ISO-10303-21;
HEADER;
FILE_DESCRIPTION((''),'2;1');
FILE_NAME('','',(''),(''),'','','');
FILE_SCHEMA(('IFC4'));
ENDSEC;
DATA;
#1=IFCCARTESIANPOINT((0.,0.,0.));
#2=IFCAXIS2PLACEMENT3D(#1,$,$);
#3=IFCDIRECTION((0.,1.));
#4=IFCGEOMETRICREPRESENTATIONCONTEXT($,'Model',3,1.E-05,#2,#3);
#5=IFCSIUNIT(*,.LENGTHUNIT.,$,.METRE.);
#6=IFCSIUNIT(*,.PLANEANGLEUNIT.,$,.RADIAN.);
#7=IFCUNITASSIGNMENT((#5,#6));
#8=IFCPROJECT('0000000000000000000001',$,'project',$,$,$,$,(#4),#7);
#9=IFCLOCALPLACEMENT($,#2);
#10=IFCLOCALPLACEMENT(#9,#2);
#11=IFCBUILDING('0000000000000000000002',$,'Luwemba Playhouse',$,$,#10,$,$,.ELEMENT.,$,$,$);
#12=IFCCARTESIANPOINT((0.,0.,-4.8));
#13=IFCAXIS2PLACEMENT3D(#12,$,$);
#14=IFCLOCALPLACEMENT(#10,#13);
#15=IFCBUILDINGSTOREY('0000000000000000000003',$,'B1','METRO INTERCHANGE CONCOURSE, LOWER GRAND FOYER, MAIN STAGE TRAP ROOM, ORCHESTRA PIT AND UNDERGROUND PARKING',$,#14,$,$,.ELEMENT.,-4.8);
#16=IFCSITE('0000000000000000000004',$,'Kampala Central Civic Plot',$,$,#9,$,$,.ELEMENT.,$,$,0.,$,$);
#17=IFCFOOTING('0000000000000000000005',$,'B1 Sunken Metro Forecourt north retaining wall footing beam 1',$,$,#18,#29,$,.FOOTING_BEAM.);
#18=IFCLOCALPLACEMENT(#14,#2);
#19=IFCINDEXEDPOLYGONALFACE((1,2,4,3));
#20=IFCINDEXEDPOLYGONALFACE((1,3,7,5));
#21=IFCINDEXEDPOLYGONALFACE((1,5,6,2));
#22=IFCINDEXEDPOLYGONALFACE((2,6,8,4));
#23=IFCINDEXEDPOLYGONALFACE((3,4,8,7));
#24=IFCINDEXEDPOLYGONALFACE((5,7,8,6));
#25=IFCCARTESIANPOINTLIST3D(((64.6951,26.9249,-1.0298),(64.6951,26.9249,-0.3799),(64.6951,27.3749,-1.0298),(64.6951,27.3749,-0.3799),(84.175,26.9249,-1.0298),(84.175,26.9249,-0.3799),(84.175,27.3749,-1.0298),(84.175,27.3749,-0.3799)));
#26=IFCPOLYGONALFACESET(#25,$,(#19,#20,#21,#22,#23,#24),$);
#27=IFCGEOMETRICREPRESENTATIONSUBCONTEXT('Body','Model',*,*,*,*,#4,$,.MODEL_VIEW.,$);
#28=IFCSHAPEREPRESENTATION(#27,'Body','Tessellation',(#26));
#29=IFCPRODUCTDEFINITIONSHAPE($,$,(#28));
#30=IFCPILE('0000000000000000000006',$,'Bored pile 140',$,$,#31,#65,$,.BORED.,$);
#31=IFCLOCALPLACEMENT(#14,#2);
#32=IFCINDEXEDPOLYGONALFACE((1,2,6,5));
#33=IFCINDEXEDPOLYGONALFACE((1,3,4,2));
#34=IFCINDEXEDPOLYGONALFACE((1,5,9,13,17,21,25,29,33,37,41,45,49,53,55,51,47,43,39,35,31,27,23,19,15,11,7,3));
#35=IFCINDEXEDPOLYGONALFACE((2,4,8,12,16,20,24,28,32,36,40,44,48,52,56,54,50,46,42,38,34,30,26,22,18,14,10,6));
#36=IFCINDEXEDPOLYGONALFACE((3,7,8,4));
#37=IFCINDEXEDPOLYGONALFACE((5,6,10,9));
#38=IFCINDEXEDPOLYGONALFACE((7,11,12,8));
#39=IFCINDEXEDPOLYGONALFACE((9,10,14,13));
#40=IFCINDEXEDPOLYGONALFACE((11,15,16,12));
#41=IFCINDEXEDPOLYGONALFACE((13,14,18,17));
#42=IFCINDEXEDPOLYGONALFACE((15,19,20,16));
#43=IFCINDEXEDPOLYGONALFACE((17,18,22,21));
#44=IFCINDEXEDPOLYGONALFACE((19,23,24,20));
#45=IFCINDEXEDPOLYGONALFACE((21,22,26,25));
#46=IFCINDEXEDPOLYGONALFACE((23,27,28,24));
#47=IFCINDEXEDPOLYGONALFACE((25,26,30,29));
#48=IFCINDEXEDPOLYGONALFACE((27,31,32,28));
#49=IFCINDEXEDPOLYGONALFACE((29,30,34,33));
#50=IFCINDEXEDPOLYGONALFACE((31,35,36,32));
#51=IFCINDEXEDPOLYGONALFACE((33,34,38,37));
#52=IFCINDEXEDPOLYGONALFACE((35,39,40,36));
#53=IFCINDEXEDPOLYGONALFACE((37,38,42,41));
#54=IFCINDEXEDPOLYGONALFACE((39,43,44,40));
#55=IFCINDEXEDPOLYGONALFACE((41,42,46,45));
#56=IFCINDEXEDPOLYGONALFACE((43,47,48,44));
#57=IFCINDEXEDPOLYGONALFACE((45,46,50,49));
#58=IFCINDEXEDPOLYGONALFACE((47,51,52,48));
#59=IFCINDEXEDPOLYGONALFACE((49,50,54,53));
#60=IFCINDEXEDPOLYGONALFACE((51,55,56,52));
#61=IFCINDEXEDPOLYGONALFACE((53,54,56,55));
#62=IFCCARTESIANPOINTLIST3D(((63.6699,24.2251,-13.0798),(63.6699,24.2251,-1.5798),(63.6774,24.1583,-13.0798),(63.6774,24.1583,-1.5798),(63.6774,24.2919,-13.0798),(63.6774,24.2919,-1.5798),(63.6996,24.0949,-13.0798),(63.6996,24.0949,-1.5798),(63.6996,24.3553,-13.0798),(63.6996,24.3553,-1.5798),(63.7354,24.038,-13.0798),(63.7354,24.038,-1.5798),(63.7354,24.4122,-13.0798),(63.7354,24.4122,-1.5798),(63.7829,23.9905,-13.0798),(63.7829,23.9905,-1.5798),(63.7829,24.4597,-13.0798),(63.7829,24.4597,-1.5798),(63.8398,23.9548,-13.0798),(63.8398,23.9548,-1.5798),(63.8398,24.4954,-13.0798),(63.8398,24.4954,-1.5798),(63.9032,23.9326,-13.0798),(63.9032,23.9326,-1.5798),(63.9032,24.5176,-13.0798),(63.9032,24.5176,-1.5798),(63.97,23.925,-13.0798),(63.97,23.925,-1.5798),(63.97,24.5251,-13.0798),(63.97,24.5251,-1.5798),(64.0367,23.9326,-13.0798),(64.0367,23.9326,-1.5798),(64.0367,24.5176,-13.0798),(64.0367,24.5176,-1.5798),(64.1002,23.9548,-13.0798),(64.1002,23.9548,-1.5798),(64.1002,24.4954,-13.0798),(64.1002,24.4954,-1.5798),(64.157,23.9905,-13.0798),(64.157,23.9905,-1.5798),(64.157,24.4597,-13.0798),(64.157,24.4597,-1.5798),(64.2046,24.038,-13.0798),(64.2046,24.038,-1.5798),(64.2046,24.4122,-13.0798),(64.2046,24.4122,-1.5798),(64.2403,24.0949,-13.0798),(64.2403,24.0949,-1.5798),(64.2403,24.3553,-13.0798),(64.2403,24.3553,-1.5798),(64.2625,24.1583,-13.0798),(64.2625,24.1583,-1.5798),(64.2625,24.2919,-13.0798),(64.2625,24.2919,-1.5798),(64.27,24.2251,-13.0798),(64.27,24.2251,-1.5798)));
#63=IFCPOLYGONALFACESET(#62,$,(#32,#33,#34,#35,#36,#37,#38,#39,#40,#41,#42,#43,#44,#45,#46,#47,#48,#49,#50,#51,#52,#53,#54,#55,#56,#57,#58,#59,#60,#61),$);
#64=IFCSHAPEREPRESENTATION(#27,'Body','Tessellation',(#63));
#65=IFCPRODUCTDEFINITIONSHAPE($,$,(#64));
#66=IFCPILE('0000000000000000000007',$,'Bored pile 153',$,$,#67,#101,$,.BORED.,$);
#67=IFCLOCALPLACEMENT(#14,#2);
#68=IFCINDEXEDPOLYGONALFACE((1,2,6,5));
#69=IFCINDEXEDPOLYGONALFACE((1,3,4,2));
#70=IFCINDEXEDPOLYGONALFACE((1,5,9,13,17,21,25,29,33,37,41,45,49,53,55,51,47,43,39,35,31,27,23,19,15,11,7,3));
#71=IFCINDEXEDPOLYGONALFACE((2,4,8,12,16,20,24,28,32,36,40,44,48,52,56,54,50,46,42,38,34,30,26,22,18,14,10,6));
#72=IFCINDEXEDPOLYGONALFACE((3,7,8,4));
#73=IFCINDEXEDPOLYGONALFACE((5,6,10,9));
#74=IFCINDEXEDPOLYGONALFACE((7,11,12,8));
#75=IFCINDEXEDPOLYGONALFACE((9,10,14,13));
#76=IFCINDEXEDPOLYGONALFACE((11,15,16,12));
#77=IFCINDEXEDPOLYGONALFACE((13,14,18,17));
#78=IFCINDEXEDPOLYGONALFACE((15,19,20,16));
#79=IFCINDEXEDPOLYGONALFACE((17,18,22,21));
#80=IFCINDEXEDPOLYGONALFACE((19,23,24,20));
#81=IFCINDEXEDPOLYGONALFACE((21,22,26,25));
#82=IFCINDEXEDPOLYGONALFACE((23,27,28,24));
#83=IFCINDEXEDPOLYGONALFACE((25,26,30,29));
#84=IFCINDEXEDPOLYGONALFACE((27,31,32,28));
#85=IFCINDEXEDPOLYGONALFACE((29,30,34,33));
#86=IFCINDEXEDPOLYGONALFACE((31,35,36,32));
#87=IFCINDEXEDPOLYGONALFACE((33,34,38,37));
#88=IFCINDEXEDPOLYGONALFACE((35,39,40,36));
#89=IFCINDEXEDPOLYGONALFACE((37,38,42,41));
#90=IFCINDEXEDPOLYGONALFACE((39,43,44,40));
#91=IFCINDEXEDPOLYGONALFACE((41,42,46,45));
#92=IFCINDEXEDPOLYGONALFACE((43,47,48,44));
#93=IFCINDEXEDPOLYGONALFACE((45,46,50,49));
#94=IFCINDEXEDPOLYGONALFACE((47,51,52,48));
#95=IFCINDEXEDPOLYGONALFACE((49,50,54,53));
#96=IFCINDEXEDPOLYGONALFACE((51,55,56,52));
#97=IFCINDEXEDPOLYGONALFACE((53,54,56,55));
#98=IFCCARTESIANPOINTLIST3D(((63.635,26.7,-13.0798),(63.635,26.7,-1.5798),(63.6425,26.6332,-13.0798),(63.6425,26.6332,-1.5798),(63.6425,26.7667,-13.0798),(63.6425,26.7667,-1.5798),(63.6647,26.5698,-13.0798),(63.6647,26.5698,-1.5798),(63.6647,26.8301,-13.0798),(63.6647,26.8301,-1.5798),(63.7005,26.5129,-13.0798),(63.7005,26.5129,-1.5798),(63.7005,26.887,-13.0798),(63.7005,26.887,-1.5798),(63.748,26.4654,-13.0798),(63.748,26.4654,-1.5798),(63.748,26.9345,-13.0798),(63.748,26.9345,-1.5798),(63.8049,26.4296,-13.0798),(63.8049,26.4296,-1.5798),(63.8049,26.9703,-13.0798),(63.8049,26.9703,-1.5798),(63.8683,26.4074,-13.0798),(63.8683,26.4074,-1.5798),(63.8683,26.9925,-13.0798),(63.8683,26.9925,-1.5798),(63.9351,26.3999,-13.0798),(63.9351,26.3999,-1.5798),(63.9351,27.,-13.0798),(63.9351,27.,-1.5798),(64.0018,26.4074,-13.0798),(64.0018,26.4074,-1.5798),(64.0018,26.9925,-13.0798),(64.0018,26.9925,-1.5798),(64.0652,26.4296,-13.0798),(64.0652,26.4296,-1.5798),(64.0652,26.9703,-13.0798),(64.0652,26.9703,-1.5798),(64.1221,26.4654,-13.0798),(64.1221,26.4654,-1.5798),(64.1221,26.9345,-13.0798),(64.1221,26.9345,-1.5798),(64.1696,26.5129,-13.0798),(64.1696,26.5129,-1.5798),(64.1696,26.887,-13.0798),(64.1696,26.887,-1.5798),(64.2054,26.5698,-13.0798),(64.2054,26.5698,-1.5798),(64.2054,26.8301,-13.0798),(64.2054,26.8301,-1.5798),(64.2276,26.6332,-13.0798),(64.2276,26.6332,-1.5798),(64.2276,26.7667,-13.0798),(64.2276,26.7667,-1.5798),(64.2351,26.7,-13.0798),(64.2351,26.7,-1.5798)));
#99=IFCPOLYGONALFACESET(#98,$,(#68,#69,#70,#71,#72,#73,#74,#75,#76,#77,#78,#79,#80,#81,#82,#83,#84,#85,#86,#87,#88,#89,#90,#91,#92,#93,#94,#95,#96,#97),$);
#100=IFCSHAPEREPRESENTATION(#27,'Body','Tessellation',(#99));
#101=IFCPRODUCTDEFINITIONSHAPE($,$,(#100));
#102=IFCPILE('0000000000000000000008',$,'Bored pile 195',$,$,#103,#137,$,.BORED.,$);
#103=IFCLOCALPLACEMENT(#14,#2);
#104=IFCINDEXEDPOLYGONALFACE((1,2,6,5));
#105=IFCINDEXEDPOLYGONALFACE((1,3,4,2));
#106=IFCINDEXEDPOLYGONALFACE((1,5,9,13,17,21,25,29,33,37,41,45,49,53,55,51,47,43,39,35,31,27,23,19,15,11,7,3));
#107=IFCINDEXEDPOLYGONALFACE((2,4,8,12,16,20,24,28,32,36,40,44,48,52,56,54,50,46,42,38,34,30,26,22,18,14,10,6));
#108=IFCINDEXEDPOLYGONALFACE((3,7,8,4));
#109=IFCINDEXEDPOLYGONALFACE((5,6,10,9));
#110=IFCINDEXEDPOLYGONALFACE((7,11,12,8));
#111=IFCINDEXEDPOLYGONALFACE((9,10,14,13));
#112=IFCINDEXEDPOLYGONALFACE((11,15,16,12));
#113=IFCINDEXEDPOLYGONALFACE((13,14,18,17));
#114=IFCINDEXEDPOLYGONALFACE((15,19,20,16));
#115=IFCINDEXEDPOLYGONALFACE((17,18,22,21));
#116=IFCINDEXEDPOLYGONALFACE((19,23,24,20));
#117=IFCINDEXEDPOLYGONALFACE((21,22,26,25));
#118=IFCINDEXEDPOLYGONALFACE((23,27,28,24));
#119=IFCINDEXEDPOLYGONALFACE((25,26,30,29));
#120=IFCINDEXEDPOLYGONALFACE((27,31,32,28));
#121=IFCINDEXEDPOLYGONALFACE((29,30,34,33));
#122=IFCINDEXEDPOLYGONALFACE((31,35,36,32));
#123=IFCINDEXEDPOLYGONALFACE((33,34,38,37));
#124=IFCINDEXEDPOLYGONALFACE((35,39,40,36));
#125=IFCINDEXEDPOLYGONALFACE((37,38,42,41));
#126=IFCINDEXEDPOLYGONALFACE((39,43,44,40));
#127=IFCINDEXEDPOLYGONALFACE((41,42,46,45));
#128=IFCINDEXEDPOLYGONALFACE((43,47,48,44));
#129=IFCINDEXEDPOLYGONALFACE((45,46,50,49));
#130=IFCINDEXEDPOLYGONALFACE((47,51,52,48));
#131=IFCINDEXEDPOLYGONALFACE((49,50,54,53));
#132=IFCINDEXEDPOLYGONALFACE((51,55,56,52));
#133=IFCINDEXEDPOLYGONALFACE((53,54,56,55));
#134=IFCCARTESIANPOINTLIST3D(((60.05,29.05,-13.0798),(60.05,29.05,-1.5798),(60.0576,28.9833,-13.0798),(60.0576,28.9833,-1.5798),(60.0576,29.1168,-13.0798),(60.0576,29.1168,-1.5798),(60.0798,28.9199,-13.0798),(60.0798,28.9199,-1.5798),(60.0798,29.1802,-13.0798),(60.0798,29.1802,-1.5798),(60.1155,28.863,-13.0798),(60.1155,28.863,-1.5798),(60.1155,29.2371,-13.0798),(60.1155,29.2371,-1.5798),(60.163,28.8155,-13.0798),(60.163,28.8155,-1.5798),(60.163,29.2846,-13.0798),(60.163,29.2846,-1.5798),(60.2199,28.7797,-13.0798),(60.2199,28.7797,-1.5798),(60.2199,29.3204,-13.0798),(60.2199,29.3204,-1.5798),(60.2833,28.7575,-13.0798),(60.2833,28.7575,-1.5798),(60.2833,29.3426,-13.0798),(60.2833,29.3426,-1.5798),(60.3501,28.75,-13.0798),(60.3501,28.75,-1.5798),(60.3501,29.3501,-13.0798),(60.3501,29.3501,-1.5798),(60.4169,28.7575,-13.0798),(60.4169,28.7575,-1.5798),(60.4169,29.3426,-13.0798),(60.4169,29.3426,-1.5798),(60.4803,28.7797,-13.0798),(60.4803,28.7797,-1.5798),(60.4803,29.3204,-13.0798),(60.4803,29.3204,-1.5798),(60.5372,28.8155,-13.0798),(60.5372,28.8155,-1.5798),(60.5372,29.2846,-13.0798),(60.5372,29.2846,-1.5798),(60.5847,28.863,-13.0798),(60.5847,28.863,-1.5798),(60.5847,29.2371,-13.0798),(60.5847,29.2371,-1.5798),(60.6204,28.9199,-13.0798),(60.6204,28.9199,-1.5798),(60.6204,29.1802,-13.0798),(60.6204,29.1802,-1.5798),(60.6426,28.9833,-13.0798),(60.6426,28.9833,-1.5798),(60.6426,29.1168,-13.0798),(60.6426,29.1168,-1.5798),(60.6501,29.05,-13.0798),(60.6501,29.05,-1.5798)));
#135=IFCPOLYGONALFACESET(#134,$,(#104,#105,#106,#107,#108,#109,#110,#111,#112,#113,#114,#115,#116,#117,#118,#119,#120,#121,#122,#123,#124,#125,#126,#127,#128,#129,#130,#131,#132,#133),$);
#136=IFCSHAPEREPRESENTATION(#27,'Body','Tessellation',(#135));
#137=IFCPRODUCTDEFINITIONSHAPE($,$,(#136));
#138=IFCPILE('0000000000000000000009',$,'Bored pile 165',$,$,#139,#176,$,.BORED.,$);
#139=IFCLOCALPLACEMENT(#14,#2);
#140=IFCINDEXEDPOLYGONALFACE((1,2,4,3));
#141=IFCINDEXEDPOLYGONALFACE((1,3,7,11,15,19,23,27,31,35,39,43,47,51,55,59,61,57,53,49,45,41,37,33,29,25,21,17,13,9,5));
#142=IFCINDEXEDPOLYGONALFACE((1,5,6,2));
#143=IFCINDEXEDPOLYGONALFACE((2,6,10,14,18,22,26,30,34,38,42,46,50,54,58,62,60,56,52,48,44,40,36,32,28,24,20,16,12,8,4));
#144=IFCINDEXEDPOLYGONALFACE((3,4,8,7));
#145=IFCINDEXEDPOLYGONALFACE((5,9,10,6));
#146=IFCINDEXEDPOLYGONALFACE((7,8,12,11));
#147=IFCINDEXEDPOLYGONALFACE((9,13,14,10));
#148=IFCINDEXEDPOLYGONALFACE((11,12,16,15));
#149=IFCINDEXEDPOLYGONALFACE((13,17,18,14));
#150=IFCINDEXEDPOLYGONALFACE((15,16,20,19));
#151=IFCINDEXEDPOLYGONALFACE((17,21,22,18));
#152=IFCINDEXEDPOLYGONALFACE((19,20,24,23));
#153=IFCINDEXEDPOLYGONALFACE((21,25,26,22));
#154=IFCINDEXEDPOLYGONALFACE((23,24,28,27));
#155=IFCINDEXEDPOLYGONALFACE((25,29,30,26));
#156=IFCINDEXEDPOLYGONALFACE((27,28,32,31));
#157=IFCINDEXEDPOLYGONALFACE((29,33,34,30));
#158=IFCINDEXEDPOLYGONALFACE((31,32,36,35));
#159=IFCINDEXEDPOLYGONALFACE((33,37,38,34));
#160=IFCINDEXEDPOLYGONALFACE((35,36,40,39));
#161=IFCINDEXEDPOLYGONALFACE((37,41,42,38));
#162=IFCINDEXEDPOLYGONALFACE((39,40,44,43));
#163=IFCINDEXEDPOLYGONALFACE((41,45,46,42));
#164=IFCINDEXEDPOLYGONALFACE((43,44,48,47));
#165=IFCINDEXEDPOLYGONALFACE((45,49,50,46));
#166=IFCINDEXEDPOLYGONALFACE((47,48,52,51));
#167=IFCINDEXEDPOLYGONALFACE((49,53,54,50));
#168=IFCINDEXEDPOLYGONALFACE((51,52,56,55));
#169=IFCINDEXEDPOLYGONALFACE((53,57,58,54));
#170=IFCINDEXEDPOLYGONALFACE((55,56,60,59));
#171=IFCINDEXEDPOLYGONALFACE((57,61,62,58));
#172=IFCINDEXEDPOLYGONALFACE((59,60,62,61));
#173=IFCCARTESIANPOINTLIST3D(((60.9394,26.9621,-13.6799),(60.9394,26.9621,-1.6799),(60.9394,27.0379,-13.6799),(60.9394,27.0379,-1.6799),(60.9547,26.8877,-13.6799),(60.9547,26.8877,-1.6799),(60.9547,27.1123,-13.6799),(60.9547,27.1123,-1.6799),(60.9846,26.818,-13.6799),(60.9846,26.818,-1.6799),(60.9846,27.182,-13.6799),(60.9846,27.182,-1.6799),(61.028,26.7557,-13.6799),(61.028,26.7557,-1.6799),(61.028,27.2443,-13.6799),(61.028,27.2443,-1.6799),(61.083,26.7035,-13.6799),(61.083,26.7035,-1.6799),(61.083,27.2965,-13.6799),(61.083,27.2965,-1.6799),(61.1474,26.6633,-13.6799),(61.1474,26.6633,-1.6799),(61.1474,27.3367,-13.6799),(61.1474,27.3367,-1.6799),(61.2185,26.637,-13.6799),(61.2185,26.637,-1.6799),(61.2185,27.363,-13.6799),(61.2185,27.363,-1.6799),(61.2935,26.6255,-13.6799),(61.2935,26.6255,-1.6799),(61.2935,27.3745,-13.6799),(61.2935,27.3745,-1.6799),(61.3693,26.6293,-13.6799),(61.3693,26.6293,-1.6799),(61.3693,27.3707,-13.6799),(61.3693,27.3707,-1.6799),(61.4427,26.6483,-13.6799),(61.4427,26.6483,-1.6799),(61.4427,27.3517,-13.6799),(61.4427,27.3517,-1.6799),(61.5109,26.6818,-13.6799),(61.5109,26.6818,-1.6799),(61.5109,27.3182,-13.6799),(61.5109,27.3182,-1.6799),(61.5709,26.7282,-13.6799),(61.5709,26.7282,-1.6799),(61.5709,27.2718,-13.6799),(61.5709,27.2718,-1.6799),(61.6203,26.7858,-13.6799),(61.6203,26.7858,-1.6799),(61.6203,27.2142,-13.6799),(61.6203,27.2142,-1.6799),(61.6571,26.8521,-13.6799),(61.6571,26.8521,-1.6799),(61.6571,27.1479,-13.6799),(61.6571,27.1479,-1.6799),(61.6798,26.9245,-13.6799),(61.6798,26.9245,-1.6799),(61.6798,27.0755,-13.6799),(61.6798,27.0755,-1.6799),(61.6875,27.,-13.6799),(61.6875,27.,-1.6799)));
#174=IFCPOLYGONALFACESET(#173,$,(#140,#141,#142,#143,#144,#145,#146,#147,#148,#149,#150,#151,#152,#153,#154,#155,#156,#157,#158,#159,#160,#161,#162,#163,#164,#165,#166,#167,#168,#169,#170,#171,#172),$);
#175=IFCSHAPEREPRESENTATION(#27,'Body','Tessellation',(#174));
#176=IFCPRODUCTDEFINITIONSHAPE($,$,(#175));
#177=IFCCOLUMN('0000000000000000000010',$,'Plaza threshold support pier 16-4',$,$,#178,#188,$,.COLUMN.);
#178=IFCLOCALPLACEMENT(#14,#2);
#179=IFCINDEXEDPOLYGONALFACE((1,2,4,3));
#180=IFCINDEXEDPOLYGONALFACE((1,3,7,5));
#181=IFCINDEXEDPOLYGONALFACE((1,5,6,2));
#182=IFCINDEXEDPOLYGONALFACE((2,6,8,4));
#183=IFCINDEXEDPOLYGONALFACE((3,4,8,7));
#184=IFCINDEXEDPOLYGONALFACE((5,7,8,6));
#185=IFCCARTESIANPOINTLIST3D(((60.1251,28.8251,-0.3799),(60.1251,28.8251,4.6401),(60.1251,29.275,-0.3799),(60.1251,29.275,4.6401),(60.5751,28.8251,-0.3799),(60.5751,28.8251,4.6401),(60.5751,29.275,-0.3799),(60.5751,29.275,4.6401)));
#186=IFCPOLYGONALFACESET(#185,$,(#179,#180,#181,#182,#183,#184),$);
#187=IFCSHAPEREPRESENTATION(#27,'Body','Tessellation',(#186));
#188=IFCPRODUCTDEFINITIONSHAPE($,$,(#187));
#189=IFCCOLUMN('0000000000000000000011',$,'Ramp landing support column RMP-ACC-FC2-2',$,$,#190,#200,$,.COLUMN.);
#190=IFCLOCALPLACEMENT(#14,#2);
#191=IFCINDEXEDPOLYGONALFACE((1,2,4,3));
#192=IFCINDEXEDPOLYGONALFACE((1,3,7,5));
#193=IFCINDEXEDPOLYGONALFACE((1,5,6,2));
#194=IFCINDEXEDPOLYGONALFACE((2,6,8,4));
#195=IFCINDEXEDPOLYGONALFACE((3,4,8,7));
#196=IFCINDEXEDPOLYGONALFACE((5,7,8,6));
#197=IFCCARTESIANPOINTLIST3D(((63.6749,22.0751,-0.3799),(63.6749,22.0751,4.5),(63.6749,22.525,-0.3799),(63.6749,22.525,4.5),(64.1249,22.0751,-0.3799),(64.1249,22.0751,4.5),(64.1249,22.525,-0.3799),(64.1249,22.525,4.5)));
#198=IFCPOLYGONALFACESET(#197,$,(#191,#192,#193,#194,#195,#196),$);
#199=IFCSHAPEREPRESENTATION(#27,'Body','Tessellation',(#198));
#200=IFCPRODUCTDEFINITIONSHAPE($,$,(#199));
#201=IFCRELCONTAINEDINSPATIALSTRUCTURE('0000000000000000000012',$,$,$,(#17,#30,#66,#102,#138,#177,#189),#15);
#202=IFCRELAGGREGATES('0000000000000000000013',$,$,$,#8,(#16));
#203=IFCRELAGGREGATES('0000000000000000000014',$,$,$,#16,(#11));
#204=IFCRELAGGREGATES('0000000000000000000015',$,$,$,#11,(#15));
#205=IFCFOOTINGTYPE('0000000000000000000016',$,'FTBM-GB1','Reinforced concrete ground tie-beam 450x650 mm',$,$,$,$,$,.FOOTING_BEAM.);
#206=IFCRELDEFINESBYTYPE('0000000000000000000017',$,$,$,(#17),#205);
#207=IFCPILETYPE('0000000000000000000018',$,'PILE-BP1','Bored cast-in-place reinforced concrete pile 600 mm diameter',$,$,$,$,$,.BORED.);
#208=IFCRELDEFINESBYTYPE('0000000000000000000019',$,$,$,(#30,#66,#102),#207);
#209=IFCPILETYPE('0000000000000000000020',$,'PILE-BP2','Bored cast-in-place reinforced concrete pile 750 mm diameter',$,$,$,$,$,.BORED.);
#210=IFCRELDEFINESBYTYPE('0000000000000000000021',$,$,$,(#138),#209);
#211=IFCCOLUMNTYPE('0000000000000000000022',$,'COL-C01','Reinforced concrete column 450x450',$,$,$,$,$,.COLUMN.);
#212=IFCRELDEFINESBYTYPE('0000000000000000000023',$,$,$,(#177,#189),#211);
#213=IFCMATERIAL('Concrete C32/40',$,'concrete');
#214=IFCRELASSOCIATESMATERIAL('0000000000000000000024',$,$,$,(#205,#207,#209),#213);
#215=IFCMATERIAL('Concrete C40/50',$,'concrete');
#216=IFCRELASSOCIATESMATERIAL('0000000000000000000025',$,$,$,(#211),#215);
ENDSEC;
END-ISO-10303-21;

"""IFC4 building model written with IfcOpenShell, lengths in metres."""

from ifc_helpers import new_model, si_unit, direction, frame, origin, origin_2d, place, context, subcontext, project, spatial, rectangle, circle, extrude, material, material_profile, profile_set, type_object, element, save


model = new_model("IFC4")

# Units and contexts
model_context = context("Model", 3, precision=1e-05, world=origin(), true_north=direction((0.0, 1.0)))
body_context = subcontext(model_context, "Body", "Model", "MODEL_VIEW")
ifc_project = project(units=[si_unit("LENGTHUNIT", "METRE"), si_unit("PLANEANGLEUNIT", "RADIAN")], contexts=[model_context])

# Site, building, storey
site_placement = place(None, origin())
site = spatial("IfcSite", under=ifc_project, at=site_placement, Name="Kampala Central Civic Plot", CompositionType="ELEMENT", RefElevation=0.0)
building_placement = place(site_placement, origin())
building = spatial("IfcBuilding", under=site, at=building_placement, Name="Luwemba Playhouse", CompositionType="ELEMENT")
storey_placement = place(building_placement, frame((0.0, 0.0, -4.8)))
storey = spatial("IfcBuildingStorey", under=building, at=storey_placement, Name="B1", Description="METRO INTERCHANGE CONCOURSE, LOWER GRAND FOYER, MAIN STAGE TRAP ROOM, ORCHESTRA PIT AND UNDERGROUND PARKING", CompositionType="ELEMENT", Elevation=-4.8)

# Footing
ifc_material_1 = material(Name="Concrete C32/40", Category="concrete")
ifc_material_profile_1 = material_profile(ifc_material_1, rectangle(XDim=0.45, YDim=0.6499, at=origin_2d()))
ifc_profile_set_1 = profile_set([ifc_material_profile_1], Name="Concrete C32/40")
footing_type = type_object("IfcFootingType", Name="FTBM-GB1", Description="Reinforced concrete ground tie-beam 450x650 mm", PredefinedType="FOOTING_BEAM", material=ifc_profile_set_1)
footing_placement = place(storey_placement, frame((64.6951, 27.1499, -0.7048), z_axis=(1.0, 0.0, 0.0), x_axis=(0.0, 1.0, 0.0)))
element("IfcFooting", 1, at=footing_placement, inside=storey, type_object=footing_type, Name="B1 Sunken Metro Forecourt north retaining wall footing beam 1", PredefinedType="FOOTING_BEAM", context=body_context, shape_type="SweptSolid", body=[
    extrude(rectangle(XDim=0.45, YDim=0.6499, at=origin_2d()), origin(), (0.0, 0.0, 1.0), 19.48),
])

# Piles
ifc_material_profile_2 = material_profile(ifc_material_1, circle(Radius=0.3, at=origin_2d()))
ifc_profile_set_2 = profile_set([ifc_material_profile_2], Name="Concrete C32/40")
pile_type_1 = type_object("IfcPileType", Name="PILE-BP1", Description="Bored cast-in-place reinforced concrete pile 600 mm diameter", PredefinedType="BORED", material=ifc_profile_set_2)
for number, where, z_axis, x_axis, name in (
    (2, (63.97, 24.2251, -1.5798), (0.0, 0.0, -1.0), (1.0, 0.0, 0.0), "Bored pile 140"),
    (3, (63.9351, 26.7, -1.5798), (0.0, 0.0, -1.0), (1.0, 0.0, 0.0), "Bored pile 153"),
    (4, (60.3501, 29.05, -1.5798), (0.0, 0.0, -1.0), (1.0, 0.0, 0.0), "Bored pile 195"),
):
    element("IfcPile", number, at=place(storey_placement, frame(where, z_axis=z_axis, x_axis=x_axis)), inside=storey, type_object=pile_type_1, Name=name, PredefinedType="BORED", context=body_context, shape_type="SweptSolid", body=[
        extrude(circle(Radius=0.3, at=origin_2d()), origin(), (0.0, 0.0, 1.0), 11.5),
    ])
ifc_material_profile_3 = material_profile(ifc_material_1, circle(Radius=0.375, at=origin_2d()))
ifc_profile_set_3 = profile_set([ifc_material_profile_3], Name="Concrete C32/40")
pile_type_2 = type_object("IfcPileType", Name="PILE-BP2", Description="Bored cast-in-place reinforced concrete pile 750 mm diameter", PredefinedType="BORED", material=ifc_profile_set_3)
pile_placement = place(storey_placement, frame((61.3125, 27.0, -1.6799), z_axis=(0.0, 0.0, -1.0), x_axis=(1.0, 0.0, 0.0)))
element("IfcPile", 5, at=pile_placement, inside=storey, type_object=pile_type_2, Name="Bored pile 165", PredefinedType="BORED", context=body_context, shape_type="SweptSolid", body=[
    extrude(circle(Radius=0.375, at=origin_2d()), origin(), (0.0, 0.0, 1.0), 12.0),
])

# Columns
ifc_material_2 = material(Name="Concrete C40/50", Category="concrete")
ifc_material_profile_4 = material_profile(ifc_material_2, rectangle(XDim=0.45, YDim=0.45, at=origin_2d()))
ifc_profile_set_4 = profile_set([ifc_material_profile_4], Name="Concrete C40/50")
column_type = type_object("IfcColumnType", Name="COL-C01", Description="Reinforced concrete column 450x450", PredefinedType="COLUMN", material=ifc_profile_set_4)
column_placement = place(storey_placement, frame((60.3501, 29.05, -0.3799), z_axis=(0.0, 0.0, 1.0), x_axis=(1.0, 0.0, 0.0)))
element("IfcColumn", 6, at=column_placement, inside=storey, type_object=column_type, Name="Plaza threshold support pier 16-4", PredefinedType="COLUMN", context=body_context, shape_type="SweptSolid", body=[
    extrude(rectangle(XDim=0.45, YDim=0.45, at=origin_2d()), origin(), (0.0, 0.0, 1.0), 5.02),
])
for number, where, z_axis, x_axis, name in (
    (7, (63.8999, 22.3, -0.3799), (0.0, 0.0, 1.0), (1.0, 0.0, 0.0), "Ramp landing support column RMP-ACC-FC2-2"),
):
    element("IfcColumn", number, at=place(storey_placement, frame(where, z_axis=z_axis, x_axis=x_axis)), inside=storey, type_object=column_type, Name=name, PredefinedType="COLUMN", context=body_context, shape_type="SweptSolid", body=[
        extrude(rectangle(XDim=0.45, YDim=0.45, at=origin_2d()), origin(), (0.0, 0.0, 1.0), 4.8799),
    ])

save(model, "model.ifc")
